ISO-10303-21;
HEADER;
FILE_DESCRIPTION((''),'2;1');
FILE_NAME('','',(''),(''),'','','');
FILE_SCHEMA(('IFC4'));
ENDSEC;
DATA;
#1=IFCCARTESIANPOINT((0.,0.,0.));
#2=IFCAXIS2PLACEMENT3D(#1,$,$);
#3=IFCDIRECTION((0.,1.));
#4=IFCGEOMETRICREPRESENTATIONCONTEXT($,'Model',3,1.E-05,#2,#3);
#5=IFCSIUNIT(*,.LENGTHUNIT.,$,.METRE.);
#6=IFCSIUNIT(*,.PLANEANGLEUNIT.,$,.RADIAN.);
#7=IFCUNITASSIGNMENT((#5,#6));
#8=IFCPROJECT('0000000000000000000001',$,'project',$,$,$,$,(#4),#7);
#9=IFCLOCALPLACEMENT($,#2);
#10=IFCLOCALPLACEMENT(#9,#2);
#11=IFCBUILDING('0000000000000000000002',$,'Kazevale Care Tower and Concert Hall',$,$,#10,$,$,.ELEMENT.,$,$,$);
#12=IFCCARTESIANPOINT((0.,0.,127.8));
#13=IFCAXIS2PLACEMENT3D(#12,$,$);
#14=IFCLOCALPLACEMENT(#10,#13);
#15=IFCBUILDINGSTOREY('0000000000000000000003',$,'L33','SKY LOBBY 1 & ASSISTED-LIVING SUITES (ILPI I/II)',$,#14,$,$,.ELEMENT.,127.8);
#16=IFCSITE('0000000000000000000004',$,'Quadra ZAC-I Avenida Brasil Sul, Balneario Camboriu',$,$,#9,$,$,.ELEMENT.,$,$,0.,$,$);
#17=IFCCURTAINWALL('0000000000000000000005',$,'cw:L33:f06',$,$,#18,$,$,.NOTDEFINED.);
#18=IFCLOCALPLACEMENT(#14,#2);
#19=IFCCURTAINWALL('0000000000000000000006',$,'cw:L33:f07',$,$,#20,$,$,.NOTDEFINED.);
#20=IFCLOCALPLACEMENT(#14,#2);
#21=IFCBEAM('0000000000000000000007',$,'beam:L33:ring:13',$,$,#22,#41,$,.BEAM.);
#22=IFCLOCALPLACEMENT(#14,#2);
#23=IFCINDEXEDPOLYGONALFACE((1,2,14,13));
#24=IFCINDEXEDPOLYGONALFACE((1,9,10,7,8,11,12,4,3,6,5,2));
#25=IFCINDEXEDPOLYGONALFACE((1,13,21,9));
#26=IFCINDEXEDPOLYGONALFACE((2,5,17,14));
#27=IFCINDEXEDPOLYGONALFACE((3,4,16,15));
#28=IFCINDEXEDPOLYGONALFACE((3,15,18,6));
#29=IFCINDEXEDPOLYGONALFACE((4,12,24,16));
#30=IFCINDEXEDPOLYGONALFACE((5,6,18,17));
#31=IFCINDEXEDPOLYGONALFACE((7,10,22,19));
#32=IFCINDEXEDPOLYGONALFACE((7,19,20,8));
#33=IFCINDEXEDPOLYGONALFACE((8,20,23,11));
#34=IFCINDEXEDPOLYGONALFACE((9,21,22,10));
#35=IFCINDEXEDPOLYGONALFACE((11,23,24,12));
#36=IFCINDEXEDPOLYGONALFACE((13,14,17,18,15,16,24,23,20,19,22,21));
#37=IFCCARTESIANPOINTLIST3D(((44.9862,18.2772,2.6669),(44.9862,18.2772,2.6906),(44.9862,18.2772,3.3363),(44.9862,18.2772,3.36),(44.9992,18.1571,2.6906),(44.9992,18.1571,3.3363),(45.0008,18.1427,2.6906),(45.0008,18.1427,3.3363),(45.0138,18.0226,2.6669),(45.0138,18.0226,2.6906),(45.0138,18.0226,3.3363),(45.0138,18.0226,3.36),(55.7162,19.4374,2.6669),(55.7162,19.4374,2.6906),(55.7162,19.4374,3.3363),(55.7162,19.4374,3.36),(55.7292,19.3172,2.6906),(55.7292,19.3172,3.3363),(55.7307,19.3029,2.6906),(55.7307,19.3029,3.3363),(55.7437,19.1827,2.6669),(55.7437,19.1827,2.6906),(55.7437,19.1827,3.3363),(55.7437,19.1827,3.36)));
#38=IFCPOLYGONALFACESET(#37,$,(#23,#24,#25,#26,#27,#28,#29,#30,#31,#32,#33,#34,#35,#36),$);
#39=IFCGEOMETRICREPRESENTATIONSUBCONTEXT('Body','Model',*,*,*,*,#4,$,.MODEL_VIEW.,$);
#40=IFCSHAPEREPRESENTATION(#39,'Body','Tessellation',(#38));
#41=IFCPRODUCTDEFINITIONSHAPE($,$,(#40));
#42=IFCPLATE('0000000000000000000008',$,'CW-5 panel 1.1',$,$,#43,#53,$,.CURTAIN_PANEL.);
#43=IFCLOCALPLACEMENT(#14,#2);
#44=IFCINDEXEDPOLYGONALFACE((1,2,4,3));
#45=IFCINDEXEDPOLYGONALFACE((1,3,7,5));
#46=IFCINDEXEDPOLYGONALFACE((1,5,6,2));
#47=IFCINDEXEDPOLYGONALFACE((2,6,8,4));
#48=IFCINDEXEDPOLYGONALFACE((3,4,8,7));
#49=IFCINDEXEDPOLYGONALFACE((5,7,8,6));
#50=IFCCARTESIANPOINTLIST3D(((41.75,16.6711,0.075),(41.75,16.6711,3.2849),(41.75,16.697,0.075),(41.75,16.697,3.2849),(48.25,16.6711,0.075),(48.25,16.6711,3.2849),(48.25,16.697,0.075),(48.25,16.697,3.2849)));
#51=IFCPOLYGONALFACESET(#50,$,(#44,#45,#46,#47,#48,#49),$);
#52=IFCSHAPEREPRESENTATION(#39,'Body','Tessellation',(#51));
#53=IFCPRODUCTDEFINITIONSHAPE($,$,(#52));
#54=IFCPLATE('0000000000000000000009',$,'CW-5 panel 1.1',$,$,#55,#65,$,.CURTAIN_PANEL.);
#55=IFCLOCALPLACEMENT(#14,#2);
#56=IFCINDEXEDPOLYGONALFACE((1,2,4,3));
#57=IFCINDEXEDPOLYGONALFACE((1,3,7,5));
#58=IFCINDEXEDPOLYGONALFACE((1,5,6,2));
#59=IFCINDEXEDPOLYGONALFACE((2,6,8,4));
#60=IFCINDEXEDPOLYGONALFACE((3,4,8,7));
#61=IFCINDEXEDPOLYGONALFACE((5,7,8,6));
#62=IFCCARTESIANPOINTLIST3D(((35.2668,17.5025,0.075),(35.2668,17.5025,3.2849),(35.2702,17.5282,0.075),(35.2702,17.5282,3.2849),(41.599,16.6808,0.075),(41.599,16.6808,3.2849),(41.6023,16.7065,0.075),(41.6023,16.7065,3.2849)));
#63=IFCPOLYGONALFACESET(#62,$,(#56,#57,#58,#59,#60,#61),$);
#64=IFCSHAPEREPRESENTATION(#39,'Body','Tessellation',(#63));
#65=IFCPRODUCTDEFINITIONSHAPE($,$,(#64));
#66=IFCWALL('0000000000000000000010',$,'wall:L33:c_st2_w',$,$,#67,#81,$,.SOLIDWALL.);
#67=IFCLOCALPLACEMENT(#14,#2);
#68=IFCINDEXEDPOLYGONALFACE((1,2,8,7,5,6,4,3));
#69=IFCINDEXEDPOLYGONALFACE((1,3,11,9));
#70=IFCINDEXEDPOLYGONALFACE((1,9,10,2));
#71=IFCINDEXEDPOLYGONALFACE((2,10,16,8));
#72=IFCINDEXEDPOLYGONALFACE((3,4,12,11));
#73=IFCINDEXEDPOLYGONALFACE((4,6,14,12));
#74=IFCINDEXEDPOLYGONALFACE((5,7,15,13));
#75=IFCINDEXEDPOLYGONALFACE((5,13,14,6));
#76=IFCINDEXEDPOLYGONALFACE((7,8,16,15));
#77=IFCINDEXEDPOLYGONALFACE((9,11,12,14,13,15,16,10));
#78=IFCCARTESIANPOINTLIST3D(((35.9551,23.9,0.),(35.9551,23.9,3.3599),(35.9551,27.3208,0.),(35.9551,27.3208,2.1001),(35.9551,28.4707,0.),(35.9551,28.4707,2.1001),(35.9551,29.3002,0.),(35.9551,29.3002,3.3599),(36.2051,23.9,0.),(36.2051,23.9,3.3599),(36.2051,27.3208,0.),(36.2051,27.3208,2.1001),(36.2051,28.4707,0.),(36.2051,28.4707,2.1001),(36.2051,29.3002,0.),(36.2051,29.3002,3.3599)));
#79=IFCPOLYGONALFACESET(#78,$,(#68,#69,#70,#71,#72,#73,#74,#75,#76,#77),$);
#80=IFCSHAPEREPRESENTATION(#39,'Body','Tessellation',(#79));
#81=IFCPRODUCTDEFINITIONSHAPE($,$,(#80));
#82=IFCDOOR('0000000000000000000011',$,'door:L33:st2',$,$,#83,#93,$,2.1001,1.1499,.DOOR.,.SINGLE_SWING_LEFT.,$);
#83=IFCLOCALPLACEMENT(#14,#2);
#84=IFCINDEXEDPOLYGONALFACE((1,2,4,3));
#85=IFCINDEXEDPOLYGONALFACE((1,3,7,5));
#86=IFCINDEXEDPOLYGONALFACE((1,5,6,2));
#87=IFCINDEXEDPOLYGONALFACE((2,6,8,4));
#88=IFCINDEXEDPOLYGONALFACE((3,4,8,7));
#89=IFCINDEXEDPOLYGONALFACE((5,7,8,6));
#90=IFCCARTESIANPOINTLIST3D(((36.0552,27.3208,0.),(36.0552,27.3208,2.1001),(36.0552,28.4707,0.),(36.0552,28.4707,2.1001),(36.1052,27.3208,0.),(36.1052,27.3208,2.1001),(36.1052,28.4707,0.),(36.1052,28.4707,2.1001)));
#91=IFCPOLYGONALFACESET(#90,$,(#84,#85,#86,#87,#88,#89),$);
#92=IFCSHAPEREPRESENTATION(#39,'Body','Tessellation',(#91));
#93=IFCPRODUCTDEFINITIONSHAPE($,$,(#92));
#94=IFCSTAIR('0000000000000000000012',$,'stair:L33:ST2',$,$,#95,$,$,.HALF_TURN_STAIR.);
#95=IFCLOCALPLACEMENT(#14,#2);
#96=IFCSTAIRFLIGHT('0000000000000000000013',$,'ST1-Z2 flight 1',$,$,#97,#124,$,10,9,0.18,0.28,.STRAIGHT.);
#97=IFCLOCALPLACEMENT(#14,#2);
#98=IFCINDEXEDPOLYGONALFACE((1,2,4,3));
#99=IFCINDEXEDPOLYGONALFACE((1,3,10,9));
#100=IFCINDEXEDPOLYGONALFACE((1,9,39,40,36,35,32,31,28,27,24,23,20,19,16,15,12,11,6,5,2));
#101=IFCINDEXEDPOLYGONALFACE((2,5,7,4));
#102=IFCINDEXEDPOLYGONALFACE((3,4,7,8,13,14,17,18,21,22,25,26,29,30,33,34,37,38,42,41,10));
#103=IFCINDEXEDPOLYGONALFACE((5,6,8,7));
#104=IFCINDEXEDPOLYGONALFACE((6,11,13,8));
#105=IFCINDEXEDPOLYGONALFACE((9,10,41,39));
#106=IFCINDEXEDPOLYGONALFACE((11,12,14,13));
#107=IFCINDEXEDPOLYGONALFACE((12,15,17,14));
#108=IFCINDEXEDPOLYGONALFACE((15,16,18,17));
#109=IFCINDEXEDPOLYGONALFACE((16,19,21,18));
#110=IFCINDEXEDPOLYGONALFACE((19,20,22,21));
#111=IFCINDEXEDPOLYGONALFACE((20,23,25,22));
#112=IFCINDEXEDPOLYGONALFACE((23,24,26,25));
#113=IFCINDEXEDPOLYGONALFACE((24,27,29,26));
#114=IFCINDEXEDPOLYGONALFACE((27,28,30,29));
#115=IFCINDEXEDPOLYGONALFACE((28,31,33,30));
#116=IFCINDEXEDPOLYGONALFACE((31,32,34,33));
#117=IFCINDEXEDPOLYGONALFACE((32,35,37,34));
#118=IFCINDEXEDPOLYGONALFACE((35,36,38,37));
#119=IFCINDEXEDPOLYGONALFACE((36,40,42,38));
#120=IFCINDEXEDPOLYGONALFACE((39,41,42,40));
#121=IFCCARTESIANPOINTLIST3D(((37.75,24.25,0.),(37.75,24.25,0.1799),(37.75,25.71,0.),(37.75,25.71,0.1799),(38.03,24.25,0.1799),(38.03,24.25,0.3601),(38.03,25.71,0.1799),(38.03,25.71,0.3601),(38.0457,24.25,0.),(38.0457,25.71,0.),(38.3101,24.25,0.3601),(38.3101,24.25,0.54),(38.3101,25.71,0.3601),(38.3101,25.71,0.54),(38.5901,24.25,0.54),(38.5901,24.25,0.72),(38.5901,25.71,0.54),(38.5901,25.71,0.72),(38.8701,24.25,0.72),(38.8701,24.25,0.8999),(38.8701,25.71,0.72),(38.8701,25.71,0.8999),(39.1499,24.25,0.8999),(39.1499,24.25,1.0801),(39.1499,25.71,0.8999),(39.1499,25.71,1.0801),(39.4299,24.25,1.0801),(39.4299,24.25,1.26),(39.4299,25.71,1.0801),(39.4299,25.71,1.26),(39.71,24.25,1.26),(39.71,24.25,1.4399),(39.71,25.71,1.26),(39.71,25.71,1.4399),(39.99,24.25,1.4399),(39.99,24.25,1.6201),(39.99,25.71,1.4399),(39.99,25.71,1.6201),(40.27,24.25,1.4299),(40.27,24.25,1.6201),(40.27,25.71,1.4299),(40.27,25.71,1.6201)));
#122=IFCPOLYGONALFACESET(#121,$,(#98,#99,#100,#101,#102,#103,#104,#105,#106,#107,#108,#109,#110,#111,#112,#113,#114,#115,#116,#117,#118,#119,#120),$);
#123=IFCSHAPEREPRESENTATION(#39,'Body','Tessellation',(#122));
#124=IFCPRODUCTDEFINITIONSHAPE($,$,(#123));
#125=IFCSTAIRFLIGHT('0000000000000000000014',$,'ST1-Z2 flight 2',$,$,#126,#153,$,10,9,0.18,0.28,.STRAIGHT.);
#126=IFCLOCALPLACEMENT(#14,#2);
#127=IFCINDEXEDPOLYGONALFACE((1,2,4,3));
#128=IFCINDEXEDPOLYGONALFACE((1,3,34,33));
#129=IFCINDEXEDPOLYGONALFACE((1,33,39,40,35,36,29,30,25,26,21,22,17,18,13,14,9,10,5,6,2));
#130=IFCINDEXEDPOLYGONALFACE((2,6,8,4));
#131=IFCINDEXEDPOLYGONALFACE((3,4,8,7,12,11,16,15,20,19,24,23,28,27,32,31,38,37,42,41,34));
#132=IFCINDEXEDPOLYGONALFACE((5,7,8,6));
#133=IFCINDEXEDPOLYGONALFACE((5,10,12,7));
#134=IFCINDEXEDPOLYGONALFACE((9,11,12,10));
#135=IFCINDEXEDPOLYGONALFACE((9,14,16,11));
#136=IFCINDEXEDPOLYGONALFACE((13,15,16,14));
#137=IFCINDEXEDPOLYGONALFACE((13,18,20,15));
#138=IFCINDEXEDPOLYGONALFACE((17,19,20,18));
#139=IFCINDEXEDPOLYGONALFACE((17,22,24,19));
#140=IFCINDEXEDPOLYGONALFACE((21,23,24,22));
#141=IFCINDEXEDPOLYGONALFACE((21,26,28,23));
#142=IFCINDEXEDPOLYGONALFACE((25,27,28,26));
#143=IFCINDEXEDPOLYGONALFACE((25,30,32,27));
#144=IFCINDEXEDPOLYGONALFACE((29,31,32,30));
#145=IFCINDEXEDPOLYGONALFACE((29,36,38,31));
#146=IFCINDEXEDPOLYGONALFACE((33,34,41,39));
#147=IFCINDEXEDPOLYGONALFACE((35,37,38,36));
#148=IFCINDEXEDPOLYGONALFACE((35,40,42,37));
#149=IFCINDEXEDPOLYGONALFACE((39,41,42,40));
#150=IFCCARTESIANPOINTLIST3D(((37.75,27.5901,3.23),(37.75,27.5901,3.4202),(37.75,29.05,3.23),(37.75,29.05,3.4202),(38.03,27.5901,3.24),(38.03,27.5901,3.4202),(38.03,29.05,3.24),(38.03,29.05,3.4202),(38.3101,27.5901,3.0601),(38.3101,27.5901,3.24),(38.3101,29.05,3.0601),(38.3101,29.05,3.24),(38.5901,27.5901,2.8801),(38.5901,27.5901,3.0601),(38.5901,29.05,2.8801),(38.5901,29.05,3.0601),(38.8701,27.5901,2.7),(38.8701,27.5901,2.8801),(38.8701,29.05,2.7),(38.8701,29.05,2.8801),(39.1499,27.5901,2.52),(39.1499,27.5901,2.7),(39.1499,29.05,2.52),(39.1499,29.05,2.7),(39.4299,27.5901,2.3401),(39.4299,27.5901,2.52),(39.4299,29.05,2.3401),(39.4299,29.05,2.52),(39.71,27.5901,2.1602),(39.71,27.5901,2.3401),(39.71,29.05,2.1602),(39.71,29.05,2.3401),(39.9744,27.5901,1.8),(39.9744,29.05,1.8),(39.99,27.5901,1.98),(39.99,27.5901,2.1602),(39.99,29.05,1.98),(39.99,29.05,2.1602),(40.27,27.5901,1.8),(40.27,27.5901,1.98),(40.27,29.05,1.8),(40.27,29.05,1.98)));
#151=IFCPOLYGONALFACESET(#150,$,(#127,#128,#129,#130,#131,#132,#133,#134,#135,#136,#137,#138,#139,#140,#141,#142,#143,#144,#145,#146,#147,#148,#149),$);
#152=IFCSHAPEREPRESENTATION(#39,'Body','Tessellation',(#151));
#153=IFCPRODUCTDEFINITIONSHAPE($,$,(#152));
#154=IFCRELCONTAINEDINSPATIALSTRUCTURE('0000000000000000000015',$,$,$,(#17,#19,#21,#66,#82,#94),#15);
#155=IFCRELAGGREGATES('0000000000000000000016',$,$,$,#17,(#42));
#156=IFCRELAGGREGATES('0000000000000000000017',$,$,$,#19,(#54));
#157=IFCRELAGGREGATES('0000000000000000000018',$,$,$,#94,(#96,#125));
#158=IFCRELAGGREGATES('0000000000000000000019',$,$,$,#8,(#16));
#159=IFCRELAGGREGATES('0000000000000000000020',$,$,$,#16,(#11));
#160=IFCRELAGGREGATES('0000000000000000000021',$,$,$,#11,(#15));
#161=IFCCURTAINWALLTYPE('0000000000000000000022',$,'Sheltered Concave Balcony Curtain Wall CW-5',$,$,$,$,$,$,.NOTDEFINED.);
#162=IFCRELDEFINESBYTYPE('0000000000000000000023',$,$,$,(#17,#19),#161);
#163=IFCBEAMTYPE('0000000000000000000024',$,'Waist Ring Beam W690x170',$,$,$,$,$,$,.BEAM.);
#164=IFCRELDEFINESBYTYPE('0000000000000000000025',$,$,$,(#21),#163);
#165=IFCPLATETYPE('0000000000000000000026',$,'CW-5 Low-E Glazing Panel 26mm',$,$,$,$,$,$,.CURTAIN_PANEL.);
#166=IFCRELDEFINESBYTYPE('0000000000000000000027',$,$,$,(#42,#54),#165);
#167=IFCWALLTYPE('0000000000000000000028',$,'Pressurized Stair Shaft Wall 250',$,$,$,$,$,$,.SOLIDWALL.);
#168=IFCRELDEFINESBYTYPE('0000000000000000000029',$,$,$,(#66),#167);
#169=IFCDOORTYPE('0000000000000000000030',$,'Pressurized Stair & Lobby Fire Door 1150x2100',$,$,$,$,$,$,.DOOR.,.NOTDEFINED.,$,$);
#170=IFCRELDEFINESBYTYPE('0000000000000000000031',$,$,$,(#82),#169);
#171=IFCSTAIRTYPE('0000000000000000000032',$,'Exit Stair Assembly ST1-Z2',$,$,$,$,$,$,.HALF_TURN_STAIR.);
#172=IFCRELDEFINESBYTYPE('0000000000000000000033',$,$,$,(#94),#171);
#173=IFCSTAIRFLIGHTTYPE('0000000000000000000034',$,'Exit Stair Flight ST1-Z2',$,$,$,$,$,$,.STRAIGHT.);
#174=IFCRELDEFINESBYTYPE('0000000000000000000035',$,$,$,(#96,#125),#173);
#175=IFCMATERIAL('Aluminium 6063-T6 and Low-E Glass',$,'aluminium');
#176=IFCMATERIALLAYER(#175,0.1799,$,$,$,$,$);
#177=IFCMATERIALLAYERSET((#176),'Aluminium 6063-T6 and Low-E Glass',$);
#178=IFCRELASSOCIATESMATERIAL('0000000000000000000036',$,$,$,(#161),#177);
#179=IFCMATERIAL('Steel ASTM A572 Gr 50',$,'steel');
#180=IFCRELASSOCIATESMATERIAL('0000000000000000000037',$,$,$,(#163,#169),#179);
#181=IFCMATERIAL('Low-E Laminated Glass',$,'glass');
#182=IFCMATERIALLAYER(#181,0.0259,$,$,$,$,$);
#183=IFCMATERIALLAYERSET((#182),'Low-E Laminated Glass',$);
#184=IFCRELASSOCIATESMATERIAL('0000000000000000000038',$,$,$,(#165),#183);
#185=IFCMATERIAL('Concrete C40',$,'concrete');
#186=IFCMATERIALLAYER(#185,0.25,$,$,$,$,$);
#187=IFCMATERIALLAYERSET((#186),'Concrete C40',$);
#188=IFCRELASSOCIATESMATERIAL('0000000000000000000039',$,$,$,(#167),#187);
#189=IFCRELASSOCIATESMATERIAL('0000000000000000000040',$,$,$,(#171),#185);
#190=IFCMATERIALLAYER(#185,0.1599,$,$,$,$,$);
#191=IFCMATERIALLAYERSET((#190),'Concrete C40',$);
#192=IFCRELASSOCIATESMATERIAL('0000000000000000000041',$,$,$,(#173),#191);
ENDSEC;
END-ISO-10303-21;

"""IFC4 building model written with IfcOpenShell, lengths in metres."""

from ifc_helpers import new_model, si_unit, direction, frame, frame_2d, origin, origin_2d, place, context, subcontext, project, spatial, polyline, rectangle, i_section, outline, extrude, material, layer, layer_set, material_profile, profile_set, type_object, element, fill, aggregate, save


model = new_model("IFC4")

# Units and contexts
model_context = context("Model", 3, precision=1e-05, world=origin(), true_north=direction((0.0, 1.0)))
body_context = subcontext(model_context, "Body", "Model", "MODEL_VIEW")
ifc_project = project(units=[si_unit("LENGTHUNIT", "METRE"), si_unit("PLANEANGLEUNIT", "RADIAN")], contexts=[model_context])

# Site, building, storey
site_placement = place(None, origin())
site = spatial("IfcSite", under=ifc_project, at=site_placement, Name="Quadra ZAC-I Avenida Brasil Sul, Balneario Camboriu", CompositionType="ELEMENT", RefElevation=0.0)
building_placement = place(site_placement, origin())
building = spatial("IfcBuilding", under=site, at=building_placement, Name="Kazevale Care Tower and Concert Hall", CompositionType="ELEMENT")
storey_placement = place(building_placement, frame((0.0, 0.0, 127.8)))
storey = spatial("IfcBuildingStorey", under=building, at=storey_placement, Name="L33", Description="SKY LOBBY 1 & ASSISTED-LIVING SUITES (ILPI I/II)", CompositionType="ELEMENT", Elevation=127.8)

# Curtain wall
ifc_material_1 = material(Name="Aluminium 6063-T6 and Low-E Glass", Category="aluminium")
ifc_layer_1 = layer(ifc_material_1, 0.1799)
ifc_layer_set_1 = layer_set([ifc_layer_1], Name="Aluminium 6063-T6 and Low-E Glass")
curtain_wall_type = type_object("IfcCurtainWallType", Name="Sheltered Concave Balcony Curtain Wall CW-5", PredefinedType="NOTDEFINED", material=ifc_layer_set_1)
curtain_wall_1_placement = place(storey_placement, origin())
curtain_wall_1 = element("IfcCurtainWall", 1, at=curtain_wall_1_placement, inside=storey, type_object=curtain_wall_type, Name="cw:L33:f06", PredefinedType="NOTDEFINED")

# Curtain wall
curtain_wall_2_placement = place(storey_placement, origin())
curtain_wall_2 = element("IfcCurtainWall", 2, at=curtain_wall_2_placement, inside=storey, type_object=curtain_wall_type, Name="cw:L33:f07", PredefinedType="NOTDEFINED")

# Beam
ifc_material_2 = material(Name="Steel ASTM A572 Gr 50", Category="steel")
ifc_material_profile_1 = material_profile(ifc_material_2, i_section(OverallWidth=0.2561, OverallDepth=0.6931, WebThickness=0.0144, FlangeThickness=0.0237, at=origin_2d()), Name="W690x170")
ifc_profile_set_1 = profile_set([ifc_material_profile_1], Name="Steel ASTM A572 Gr 50")
beam_type_1 = type_object("IfcBeamType", Name="Waist Ring Beam W690x170", PredefinedType="BEAM", material=ifc_profile_set_1)
beam_1_placement = place(storey_placement, frame((45.0, 18.1499, 3.0134), z_axis=(0.994205, 0.107496, 0.0), x_axis=(-0.107496, 0.994205, 0.0)))
element("IfcBeam", 3, at=beam_1_placement, inside=storey, type_object=beam_type_1, Name="beam:L33:ring:13", PredefinedType="BEAM", context=body_context, shape_type="SweptSolid", body=[
    extrude(i_section(OverallWidth=0.2561, OverallDepth=0.6931, WebThickness=0.0144, FlangeThickness=0.0237, at=origin_2d()), origin(), (0.0, 0.0, 1.0), 10.7925),
])

# Plates
ifc_material_3 = material(Name="Low-E Laminated Glass", Category="glass")
ifc_layer_2 = layer(ifc_material_3, 0.0259)
ifc_layer_set_2 = layer_set([ifc_layer_2], Name="Low-E Laminated Glass")
plate_type = type_object("IfcPlateType", Name="CW-5 Low-E Glazing Panel 26mm", PredefinedType="CURTAIN_PANEL", material=ifc_layer_set_2)
plate_1_placement = place(storey_placement, frame((45.0, 16.6841, 0.075), z_axis=(0.0, 0.0, 1.0), x_axis=(-1.0, 0.0, 0.0)))
plate_1 = element("IfcPlate", 4, at=plate_1_placement, type_object=plate_type, Name="CW-5 panel 1.1", PredefinedType="CURTAIN_PANEL", context=body_context, shape_type="SweptSolid", body=[
    extrude(rectangle(XDim=6.5, YDim=0.0259, at=origin_2d()), origin(), (0.0, 0.0, 1.0), 3.21),
])
aggregate(curtain_wall_1, [plate_1])
plate_2_placement = place(storey_placement, frame((38.4346, 17.1045, 0.075), z_axis=(0.0, 0.0, 1.0), x_axis=(-0.991686, 0.128685, 0.0)))
plate_2 = element("IfcPlate", 5, at=plate_2_placement, type_object=plate_type, Name="CW-5 panel 1.1", PredefinedType="CURTAIN_PANEL", context=body_context, shape_type="SweptSolid", body=[
    extrude(rectangle(XDim=6.3853, YDim=0.0259, at=origin_2d()), origin(), (0.0, 0.0, 1.0), 3.21),
])
aggregate(curtain_wall_2, [plate_2])

# Wall, opening, door
ifc_material_4 = material(Name="Concrete C40", Category="concrete")
ifc_layer_3 = layer(ifc_material_4, 0.25)
ifc_layer_set_3 = layer_set([ifc_layer_3], Name="Concrete C40")
wall_type_1 = type_object("IfcWallType", Name="Pressurized Stair Shaft Wall 250", PredefinedType="SOLIDWALL", material=ifc_layer_set_3)
wall_1_placement = place(storey_placement, frame((36.0801, 23.8999, 0.0), z_axis=(0.0, 0.0, 1.0), x_axis=(0.0, 1.0, 0.0)))
wall_1 = element("IfcWall", 6, at=wall_1_placement, inside=storey, type_object=wall_type_1, Name="wall:L33:c_st2_w", PredefinedType="SOLIDWALL", context=body_context, shape_type="SweptSolid", body=[
    extrude(rectangle(XDim=5.4001, YDim=0.25, at=frame_2d((2.7002, 0.0))), origin(), (0.0, 0.0, 1.0), 3.3599),
])
opening_1_placement = place(wall_1_placement, frame((3.4209, 0.0, 0.0)))
opening_1 = element("IfcOpeningElement", 7, at=opening_1_placement, cuts=wall_1, PredefinedType="OPENING", context=body_context, shape_type="SweptSolid", body=[
    extrude(rectangle(XDim=1.1499, YDim=2.1001, at=frame_2d((0.575, 1.05))), frame((0.0, 0.135, 0.0), z_axis=(0.0, -1.0, 0.0), x_axis=(1.0, 0.0, 0.0)), (0.0, 0.0, 1.0), 0.27),
])
door_type_1 = type_object("IfcDoorType", Name="Pressurized Stair & Lobby Fire Door 1150x2100", OperationType="NOTDEFINED", PredefinedType="DOOR", material=ifc_material_2)
door_1_placement = place(opening_1_placement, origin())
door_1 = element("IfcDoor", 8, at=door_1_placement, inside=storey, type_object=door_type_1, Name="door:L33:st2", OperationType="SINGLE_SWING_LEFT", OverallHeight=2.1001, OverallWidth=1.1499, PredefinedType="DOOR", context=body_context, shape_type="SweptSolid", body=[
    extrude(rectangle(XDim=1.1499, YDim=2.1001, at=frame_2d((0.575, 1.05))), frame((0.0, 0.0249, 0.0), z_axis=(0.0, -1.0, 0.0), x_axis=(1.0, 0.0, 0.0)), (0.0, 0.0, 1.0), 0.05),
])
fill(opening_1, door_1)

# Stair, stair flights
stair_type = type_object("IfcStairType", Name="Exit Stair Assembly ST1-Z2", PredefinedType="HALF_TURN_STAIR", material=ifc_material_4)
stair_placement = place(storey_placement, origin())
stair = element("IfcStair", 9, at=stair_placement, inside=storey, type_object=stair_type, Name="stair:L33:ST2", PredefinedType="HALF_TURN_STAIR")
ifc_layer_4 = layer(ifc_material_4, 0.1599)
ifc_layer_set_4 = layer_set([ifc_layer_4], Name="Concrete C40")
stair_flight_type = type_object("IfcStairFlightType", Name="Exit Stair Flight ST1-Z2", PredefinedType="STRAIGHT", material=ifc_layer_set_4)
stair_flight_1_placement = place(storey_placement, frame((37.75, 24.98, 0.0), z_axis=(0.0, 0.0, 1.0), x_axis=(1.0, 0.0, 0.0)))
stair_flight_1 = element("IfcStairFlight", 10, at=stair_flight_1_placement, type_object=stair_flight_type, Name="ST1-Z2 flight 1", NumberOfRisers=10, NumberOfTreads=9, PredefinedType="STRAIGHT", RiserHeight=0.18, TreadLength=0.28, context=body_context, shape_type="SweptSolid", body=[
    extrude(outline(polyline([(0.0, 0.0), (0.0, 0.1799), (0.28, 0.1799), (0.28, 0.3601), (0.5601, 0.3601), (0.5601, 0.54), (0.8401, 0.54), (0.8401, 0.72), (1.1201, 0.72), (1.1201, 0.8999), (1.3999, 0.8999), (1.3999, 1.0801), (1.6799, 1.0801), (1.6799, 1.26), (1.96, 1.26), (1.96, 1.4399), (2.24, 1.4399), (2.24, 1.6201), (2.52, 1.6201), (2.52, 1.8), (2.52, 1.4299), (0.2957, 0.0), (0.0, 0.0)])), frame((0.0, 0.73, 0.0), z_axis=(0.0, -1.0, 0.0), x_axis=(1.0, 0.0, 0.0)), (0.0, 0.0, 1.0), 1.46),
])
stair_flight_2_placement = place(storey_placement, frame((40.27, 28.3201, 1.8), z_axis=(0.0, 0.0, 1.0), x_axis=(-1.0, 0.0, 0.0)))
stair_flight_2 = element("IfcStairFlight", 11, at=stair_flight_2_placement, type_object=stair_flight_type, Name="ST1-Z2 flight 2", NumberOfRisers=10, NumberOfTreads=9, PredefinedType="STRAIGHT", RiserHeight=0.18, TreadLength=0.28, context=body_context, shape_type="SweptSolid", body=[
    extrude(outline(polyline([(0.0, 0.0), (0.0, 0.1799), (0.28, 0.1799), (0.28, 0.3601), (0.5601, 0.3601), (0.5601, 0.54), (0.8401, 0.54), (0.8401, 0.72), (1.1201, 0.72), (1.1201, 0.8999), (1.3999, 0.8999), (1.3999, 1.0801), (1.6799, 1.0801), (1.6799, 1.26), (1.96, 1.26), (1.96, 1.4399), (2.24, 1.4399), (2.24, 1.6201), (2.52, 1.6201), (2.52, 1.8), (2.52, 1.4299), (0.2957, 0.0), (0.0, 0.0)])), frame((0.0, 0.73, 0.0), z_axis=(0.0, -1.0, 0.0), x_axis=(1.0, 0.0, 0.0)), (0.0, 0.0, 1.0), 1.46),
])
aggregate(stair, [stair_flight_1, stair_flight_2])

save(model, "model.ifc")
